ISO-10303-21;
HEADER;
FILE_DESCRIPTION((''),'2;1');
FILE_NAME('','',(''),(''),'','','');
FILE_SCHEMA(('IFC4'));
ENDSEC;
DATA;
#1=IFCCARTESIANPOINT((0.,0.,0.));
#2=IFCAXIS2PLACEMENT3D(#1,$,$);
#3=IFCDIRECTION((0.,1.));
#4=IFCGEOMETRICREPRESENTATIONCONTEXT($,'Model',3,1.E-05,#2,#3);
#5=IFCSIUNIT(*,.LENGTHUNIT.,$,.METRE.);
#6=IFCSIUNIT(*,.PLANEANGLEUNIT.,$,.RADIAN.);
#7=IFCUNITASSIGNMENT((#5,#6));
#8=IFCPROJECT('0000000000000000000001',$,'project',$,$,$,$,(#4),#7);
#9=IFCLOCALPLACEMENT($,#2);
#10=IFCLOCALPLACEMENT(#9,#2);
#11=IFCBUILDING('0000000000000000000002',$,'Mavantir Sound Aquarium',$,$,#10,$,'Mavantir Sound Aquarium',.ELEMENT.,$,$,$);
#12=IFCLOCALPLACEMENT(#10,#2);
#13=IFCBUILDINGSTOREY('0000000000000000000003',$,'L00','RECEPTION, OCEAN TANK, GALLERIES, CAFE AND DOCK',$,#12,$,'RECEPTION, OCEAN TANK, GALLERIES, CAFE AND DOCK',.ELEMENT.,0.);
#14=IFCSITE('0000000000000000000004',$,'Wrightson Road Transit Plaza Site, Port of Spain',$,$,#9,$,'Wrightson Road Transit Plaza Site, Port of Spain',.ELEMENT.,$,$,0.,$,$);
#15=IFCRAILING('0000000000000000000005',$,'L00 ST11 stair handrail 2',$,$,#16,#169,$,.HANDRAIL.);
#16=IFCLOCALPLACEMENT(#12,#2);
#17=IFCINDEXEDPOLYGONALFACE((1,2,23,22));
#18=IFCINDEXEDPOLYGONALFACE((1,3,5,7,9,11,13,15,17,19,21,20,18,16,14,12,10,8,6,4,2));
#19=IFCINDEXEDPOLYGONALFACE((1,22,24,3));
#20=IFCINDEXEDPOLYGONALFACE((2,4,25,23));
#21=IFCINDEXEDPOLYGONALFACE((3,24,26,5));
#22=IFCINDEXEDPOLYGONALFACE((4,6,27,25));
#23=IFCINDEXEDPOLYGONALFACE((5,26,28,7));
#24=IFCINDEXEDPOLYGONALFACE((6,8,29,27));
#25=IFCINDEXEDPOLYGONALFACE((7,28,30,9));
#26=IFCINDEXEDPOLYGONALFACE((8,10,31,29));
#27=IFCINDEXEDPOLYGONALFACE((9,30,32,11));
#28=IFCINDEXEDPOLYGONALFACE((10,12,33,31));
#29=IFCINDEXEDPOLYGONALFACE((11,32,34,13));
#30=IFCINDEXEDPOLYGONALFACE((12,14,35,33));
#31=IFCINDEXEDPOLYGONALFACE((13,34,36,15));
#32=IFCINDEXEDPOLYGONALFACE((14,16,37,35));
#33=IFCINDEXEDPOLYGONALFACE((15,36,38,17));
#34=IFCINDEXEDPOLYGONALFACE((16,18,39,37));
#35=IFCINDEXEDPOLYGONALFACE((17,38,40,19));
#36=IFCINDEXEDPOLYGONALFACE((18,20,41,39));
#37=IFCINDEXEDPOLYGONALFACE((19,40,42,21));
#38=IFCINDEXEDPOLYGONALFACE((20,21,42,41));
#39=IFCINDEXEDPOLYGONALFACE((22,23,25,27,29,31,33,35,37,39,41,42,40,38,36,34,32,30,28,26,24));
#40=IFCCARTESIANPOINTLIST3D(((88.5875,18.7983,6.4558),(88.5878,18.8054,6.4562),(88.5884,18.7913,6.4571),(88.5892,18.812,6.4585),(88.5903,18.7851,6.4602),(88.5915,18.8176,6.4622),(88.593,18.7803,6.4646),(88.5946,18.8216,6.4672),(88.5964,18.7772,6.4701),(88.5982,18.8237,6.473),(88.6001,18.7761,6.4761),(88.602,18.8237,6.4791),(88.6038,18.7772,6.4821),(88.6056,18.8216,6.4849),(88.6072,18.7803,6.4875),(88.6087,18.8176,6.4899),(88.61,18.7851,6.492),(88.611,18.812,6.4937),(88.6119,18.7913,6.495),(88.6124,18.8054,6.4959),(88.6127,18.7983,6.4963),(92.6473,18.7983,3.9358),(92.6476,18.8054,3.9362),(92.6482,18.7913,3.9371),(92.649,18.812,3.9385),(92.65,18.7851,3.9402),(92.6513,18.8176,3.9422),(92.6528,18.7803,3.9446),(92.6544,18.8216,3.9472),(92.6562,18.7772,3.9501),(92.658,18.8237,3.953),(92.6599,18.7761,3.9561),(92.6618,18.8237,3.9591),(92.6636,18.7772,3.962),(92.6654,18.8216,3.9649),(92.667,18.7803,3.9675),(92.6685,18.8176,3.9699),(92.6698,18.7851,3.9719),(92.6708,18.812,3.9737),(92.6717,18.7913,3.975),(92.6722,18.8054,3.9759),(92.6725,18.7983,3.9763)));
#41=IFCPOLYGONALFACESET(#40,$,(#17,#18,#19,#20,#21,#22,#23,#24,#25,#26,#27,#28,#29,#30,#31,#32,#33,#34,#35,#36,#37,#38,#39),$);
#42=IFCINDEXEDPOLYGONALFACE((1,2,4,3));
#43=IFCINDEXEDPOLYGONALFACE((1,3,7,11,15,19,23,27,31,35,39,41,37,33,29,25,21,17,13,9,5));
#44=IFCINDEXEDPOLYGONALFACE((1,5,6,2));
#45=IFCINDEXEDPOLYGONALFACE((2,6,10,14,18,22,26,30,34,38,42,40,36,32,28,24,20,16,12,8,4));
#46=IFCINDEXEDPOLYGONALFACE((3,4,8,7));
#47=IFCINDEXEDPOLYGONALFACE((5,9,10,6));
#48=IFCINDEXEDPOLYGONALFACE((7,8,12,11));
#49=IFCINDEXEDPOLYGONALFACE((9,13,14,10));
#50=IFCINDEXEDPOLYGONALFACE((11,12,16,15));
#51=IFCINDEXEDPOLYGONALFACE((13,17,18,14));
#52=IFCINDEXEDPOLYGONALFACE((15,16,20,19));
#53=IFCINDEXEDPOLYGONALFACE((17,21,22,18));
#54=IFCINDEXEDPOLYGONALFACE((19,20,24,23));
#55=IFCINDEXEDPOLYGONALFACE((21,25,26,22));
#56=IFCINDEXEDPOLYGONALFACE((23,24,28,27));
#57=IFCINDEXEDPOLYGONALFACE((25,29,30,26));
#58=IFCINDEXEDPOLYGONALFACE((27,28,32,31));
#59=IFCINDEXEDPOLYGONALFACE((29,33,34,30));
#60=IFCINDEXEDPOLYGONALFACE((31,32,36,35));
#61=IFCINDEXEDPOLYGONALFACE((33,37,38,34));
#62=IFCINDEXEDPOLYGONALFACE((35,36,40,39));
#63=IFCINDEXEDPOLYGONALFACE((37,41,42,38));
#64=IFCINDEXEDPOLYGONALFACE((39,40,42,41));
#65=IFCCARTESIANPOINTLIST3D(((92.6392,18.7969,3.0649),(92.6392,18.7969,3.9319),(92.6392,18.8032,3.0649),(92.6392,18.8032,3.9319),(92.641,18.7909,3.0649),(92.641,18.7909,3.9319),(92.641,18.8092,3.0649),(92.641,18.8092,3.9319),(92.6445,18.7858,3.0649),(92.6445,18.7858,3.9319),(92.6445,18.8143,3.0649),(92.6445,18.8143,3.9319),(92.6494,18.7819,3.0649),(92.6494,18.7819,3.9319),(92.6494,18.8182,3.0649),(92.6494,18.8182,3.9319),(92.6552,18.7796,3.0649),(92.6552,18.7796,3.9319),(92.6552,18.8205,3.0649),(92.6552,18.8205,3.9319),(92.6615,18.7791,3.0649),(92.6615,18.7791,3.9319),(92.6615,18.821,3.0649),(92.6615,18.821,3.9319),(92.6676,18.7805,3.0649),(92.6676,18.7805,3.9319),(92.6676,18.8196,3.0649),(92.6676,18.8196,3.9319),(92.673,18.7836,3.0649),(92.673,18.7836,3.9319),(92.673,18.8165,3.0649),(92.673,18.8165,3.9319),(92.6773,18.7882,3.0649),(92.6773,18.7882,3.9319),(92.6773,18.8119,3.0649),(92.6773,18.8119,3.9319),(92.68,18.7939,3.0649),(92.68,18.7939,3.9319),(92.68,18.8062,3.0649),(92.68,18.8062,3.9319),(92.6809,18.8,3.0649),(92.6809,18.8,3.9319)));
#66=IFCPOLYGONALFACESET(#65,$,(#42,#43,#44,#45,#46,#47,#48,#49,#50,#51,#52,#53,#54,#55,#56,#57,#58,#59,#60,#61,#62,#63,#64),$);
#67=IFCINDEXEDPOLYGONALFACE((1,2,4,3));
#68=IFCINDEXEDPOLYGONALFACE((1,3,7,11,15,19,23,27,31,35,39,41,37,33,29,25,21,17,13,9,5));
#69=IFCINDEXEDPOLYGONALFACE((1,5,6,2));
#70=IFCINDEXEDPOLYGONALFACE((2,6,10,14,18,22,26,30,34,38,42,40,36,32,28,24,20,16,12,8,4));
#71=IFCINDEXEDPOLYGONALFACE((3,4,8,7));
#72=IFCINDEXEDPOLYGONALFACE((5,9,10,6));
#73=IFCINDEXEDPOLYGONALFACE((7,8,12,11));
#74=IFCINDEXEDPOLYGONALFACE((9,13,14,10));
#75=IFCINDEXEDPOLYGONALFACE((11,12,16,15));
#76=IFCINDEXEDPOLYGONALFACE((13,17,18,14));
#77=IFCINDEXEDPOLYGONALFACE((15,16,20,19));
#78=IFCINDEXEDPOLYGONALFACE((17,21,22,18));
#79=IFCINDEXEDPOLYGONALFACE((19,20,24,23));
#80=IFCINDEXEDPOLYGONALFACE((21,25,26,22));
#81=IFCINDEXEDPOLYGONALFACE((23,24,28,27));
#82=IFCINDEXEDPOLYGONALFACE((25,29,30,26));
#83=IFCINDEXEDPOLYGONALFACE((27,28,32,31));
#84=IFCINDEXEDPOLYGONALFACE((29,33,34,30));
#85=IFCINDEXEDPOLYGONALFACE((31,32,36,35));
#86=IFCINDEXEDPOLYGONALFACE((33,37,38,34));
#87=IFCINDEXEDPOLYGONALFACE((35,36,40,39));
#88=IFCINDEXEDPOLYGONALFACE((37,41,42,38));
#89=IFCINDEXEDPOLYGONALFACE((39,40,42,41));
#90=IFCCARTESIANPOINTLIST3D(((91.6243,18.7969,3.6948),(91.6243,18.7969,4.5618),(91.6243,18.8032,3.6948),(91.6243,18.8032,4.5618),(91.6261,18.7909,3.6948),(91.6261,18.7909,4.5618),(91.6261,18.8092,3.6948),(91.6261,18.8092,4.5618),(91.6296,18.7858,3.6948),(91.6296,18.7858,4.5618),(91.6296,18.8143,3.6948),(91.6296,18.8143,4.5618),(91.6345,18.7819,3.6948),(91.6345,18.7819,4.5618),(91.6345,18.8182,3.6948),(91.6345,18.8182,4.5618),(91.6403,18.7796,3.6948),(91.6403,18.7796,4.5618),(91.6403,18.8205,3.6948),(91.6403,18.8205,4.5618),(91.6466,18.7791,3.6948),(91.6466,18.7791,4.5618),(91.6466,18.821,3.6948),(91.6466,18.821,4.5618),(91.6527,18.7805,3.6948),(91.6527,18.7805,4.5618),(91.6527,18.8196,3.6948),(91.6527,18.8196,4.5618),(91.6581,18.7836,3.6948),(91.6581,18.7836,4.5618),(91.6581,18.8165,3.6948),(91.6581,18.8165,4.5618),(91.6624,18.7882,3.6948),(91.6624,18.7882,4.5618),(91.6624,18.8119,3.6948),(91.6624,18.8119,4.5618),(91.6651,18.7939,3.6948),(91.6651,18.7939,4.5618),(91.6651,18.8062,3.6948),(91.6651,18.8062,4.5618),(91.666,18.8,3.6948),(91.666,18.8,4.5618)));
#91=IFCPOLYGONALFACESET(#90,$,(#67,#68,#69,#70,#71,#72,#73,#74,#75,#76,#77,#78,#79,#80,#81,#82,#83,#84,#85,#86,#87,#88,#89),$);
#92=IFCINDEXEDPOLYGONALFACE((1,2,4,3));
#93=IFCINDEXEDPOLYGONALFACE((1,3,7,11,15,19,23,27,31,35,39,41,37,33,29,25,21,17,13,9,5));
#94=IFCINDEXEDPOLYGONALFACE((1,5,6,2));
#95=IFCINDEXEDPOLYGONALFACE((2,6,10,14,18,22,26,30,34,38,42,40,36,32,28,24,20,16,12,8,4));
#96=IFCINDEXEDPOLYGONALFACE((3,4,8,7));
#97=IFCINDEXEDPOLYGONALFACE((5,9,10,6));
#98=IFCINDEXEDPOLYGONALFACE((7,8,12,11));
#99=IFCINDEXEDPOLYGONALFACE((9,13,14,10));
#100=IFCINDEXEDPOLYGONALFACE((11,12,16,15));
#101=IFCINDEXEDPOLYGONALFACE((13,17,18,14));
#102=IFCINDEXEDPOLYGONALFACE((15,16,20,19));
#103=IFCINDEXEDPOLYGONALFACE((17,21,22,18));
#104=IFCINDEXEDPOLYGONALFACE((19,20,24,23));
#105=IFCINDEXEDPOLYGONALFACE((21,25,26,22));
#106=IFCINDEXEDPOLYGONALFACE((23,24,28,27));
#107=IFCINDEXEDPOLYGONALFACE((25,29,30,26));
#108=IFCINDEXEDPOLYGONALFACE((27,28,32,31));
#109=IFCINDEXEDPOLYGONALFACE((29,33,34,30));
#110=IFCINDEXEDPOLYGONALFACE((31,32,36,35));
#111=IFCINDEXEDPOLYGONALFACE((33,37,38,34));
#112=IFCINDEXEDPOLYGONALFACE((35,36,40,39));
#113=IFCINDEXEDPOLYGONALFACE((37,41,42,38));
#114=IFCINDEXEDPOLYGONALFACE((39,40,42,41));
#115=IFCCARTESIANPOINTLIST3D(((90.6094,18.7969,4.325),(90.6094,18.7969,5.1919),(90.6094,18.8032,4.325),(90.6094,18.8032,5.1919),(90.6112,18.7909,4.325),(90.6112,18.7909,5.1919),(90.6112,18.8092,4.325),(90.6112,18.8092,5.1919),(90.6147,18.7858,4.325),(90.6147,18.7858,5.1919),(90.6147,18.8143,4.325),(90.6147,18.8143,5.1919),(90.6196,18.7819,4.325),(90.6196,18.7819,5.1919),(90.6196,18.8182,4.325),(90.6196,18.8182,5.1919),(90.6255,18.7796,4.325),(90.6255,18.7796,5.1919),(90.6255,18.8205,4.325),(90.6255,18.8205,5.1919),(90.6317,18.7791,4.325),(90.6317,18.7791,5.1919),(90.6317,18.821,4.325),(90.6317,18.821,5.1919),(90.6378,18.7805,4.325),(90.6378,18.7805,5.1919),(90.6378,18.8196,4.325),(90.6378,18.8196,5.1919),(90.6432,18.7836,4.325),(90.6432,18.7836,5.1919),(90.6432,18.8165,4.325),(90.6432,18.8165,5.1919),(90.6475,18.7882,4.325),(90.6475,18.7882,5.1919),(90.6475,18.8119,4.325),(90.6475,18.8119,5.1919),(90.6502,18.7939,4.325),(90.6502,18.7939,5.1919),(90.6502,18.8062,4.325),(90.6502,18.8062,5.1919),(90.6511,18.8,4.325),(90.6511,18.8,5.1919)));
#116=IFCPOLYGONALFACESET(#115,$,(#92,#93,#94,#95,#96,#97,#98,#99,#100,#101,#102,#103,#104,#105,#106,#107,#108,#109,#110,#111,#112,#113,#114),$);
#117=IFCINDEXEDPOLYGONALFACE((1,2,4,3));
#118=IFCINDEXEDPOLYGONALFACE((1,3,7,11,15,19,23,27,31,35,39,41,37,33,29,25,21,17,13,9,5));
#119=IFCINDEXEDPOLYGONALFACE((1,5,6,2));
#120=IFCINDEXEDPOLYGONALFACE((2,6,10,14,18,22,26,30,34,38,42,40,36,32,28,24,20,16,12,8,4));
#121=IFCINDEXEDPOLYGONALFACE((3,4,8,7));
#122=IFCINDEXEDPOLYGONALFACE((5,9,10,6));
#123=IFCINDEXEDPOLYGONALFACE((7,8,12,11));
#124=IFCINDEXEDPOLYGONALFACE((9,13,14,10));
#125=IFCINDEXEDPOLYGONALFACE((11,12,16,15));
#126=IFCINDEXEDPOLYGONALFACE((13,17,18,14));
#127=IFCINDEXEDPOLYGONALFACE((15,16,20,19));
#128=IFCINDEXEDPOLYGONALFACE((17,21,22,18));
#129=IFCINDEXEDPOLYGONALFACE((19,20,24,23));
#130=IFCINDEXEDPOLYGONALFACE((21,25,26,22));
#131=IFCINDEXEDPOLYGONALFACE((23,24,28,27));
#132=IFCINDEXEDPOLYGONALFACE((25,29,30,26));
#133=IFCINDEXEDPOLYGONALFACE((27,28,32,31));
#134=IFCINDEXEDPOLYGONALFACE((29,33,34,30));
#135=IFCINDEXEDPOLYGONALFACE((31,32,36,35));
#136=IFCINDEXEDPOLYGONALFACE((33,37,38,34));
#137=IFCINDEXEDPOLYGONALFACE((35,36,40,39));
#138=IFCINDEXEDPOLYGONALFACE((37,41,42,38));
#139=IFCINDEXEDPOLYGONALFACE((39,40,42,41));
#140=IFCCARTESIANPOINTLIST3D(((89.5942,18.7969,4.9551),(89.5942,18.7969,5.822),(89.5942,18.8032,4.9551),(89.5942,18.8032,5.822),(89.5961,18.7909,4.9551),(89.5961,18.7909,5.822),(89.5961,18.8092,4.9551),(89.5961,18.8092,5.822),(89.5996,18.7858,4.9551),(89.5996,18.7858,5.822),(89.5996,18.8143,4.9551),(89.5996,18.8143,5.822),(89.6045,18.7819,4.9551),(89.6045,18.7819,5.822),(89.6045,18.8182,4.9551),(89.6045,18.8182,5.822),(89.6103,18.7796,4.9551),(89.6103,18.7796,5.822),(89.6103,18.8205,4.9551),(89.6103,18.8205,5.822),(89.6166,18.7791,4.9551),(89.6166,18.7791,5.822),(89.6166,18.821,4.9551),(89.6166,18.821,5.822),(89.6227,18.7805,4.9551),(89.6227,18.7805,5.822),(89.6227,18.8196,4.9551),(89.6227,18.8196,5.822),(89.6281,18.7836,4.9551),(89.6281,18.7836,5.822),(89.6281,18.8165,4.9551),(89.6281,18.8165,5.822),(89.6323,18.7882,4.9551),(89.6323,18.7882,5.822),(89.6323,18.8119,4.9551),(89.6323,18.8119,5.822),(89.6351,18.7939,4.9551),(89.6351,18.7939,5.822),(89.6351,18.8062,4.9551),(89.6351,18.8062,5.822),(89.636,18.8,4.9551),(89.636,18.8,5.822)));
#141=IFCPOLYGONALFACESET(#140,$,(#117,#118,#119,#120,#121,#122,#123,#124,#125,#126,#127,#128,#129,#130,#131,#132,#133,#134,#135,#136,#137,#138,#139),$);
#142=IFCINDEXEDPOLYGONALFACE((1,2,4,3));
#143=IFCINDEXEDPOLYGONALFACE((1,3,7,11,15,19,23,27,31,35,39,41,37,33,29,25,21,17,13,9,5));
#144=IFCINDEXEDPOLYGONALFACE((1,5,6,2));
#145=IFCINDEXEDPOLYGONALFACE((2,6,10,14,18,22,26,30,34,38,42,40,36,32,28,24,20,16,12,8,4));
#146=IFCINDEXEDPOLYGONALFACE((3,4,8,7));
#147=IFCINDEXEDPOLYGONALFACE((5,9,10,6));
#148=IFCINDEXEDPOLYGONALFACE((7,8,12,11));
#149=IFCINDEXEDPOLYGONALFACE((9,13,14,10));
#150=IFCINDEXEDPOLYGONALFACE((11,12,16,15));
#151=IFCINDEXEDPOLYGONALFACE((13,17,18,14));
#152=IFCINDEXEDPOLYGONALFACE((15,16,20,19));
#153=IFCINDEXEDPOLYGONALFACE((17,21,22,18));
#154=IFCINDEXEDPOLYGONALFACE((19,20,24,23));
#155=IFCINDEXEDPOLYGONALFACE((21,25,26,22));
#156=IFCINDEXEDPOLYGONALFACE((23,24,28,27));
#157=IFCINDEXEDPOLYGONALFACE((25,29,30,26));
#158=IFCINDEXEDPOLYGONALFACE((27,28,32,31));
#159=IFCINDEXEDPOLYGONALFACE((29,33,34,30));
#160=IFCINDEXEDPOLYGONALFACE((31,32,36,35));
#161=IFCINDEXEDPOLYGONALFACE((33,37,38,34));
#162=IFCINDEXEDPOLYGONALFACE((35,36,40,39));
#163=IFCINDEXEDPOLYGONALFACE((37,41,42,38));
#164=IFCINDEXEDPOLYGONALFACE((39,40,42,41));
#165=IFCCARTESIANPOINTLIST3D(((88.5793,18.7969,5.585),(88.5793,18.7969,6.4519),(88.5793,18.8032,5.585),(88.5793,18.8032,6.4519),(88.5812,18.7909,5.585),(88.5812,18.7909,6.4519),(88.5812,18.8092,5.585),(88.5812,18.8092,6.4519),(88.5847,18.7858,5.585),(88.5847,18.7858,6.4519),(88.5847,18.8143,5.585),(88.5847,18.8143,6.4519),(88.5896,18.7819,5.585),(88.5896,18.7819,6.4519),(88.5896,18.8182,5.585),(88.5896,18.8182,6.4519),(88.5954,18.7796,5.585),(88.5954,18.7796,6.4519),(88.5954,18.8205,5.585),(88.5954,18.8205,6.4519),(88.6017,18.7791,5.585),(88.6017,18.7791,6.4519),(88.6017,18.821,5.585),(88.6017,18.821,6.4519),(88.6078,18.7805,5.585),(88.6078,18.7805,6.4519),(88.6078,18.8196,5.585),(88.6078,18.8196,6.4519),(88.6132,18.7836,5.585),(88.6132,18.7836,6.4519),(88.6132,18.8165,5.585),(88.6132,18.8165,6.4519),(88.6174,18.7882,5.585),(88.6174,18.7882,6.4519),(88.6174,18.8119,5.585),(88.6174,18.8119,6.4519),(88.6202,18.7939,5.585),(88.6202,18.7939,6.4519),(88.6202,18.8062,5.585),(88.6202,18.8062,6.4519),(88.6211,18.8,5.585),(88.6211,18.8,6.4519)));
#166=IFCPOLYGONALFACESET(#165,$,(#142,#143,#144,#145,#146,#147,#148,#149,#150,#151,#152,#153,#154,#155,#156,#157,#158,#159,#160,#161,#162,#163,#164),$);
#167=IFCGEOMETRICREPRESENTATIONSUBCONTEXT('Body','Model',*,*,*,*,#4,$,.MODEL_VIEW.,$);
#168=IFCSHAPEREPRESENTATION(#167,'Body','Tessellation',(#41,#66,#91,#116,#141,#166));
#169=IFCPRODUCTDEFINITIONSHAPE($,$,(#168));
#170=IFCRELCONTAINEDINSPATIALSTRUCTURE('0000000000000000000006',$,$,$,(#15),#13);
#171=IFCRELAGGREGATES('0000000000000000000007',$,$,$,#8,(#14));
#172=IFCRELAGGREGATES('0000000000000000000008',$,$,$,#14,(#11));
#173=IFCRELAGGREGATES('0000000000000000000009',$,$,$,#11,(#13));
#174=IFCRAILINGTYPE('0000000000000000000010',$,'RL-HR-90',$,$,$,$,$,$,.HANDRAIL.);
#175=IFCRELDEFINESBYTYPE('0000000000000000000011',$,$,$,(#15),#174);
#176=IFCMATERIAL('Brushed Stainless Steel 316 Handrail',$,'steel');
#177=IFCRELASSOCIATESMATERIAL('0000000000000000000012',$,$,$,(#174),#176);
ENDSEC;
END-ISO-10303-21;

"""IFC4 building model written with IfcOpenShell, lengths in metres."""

from ifc_helpers import new_model, si_unit, direction, frame, origin, origin_2d, place, context, subcontext, project, spatial, circle, extrude, material, type_object, element, save


model = new_model("IFC4")

# Units and contexts
model_context = context("Model", 3, precision=1e-05, world=origin(), true_north=direction((0.0, 1.0)))
body_context = subcontext(model_context, "Body", "Model", "MODEL_VIEW")
ifc_project = project(units=[si_unit("LENGTHUNIT", "METRE"), si_unit("PLANEANGLEUNIT", "RADIAN")], contexts=[model_context])

# Site, building, storey
site_placement = place(None, origin())
site = spatial("IfcSite", under=ifc_project, at=site_placement, Name="Wrightson Road Transit Plaza Site, Port of Spain", LongName="Wrightson Road Transit Plaza Site, Port of Spain", CompositionType="ELEMENT", RefElevation=0.0)
building_placement = place(site_placement, origin())
building = spatial("IfcBuilding", under=site, at=building_placement, Name="Mavantir Sound Aquarium", LongName="Mavantir Sound Aquarium", CompositionType="ELEMENT")
storey_placement = place(building_placement, origin())
storey = spatial("IfcBuildingStorey", under=building, at=storey_placement, Name="L00", Description="RECEPTION, OCEAN TANK, GALLERIES, CAFE AND DOCK", LongName="RECEPTION, OCEAN TANK, GALLERIES, CAFE AND DOCK", CompositionType="ELEMENT", Elevation=0.0)

# Railing
ifc_material_1 = material(Name="Brushed Stainless Steel 316 Handrail", Category="steel")
railing_type_1 = type_object("IfcRailingType", Name="RL-HR-90", PredefinedType="HANDRAIL", material=ifc_material_1)
railing_1_placement = place(storey_placement, frame((92.6599, 18.8, 3.0649)))
element("IfcRailing", 1, at=railing_1_placement, inside=storey, type_object=railing_type_1, Name="L00 ST11 stair handrail 2", PredefinedType="HANDRAIL", context=body_context, shape_type="SweptSolid", body=[
    extrude(circle(Radius=0.0239, at=origin_2d()), frame((0.0, 0.0, 0.8911), z_axis=(-0.849628, 0.0, 0.527383), x_axis=(0.0, -1.0, 0.0)), (0.0, 0.0, 1.0), 4.7783),
    extrude(circle(Radius=0.021, at=origin_2d()), origin(), (0.0, 0.0, 1.0), 0.8669),
    extrude(circle(Radius=0.021, at=origin_2d()), frame((-1.0149, 0.0, 0.6299)), (0.0, 0.0, 1.0), 0.8669),
    extrude(circle(Radius=0.021, at=origin_2d()), frame((-2.0298, 0.0, 1.26)), (0.0, 0.0, 1.0), 0.8669),
    extrude(circle(Radius=0.021, at=origin_2d()), frame((-3.0449, 0.0, 1.8901)), (0.0, 0.0, 1.0), 0.8669),
    extrude(circle(Radius=0.021, at=origin_2d()), frame((-4.0598, 0.0, 2.52)), (0.0, 0.0, 1.0), 0.8669),
])

save(model, "model.ifc")
